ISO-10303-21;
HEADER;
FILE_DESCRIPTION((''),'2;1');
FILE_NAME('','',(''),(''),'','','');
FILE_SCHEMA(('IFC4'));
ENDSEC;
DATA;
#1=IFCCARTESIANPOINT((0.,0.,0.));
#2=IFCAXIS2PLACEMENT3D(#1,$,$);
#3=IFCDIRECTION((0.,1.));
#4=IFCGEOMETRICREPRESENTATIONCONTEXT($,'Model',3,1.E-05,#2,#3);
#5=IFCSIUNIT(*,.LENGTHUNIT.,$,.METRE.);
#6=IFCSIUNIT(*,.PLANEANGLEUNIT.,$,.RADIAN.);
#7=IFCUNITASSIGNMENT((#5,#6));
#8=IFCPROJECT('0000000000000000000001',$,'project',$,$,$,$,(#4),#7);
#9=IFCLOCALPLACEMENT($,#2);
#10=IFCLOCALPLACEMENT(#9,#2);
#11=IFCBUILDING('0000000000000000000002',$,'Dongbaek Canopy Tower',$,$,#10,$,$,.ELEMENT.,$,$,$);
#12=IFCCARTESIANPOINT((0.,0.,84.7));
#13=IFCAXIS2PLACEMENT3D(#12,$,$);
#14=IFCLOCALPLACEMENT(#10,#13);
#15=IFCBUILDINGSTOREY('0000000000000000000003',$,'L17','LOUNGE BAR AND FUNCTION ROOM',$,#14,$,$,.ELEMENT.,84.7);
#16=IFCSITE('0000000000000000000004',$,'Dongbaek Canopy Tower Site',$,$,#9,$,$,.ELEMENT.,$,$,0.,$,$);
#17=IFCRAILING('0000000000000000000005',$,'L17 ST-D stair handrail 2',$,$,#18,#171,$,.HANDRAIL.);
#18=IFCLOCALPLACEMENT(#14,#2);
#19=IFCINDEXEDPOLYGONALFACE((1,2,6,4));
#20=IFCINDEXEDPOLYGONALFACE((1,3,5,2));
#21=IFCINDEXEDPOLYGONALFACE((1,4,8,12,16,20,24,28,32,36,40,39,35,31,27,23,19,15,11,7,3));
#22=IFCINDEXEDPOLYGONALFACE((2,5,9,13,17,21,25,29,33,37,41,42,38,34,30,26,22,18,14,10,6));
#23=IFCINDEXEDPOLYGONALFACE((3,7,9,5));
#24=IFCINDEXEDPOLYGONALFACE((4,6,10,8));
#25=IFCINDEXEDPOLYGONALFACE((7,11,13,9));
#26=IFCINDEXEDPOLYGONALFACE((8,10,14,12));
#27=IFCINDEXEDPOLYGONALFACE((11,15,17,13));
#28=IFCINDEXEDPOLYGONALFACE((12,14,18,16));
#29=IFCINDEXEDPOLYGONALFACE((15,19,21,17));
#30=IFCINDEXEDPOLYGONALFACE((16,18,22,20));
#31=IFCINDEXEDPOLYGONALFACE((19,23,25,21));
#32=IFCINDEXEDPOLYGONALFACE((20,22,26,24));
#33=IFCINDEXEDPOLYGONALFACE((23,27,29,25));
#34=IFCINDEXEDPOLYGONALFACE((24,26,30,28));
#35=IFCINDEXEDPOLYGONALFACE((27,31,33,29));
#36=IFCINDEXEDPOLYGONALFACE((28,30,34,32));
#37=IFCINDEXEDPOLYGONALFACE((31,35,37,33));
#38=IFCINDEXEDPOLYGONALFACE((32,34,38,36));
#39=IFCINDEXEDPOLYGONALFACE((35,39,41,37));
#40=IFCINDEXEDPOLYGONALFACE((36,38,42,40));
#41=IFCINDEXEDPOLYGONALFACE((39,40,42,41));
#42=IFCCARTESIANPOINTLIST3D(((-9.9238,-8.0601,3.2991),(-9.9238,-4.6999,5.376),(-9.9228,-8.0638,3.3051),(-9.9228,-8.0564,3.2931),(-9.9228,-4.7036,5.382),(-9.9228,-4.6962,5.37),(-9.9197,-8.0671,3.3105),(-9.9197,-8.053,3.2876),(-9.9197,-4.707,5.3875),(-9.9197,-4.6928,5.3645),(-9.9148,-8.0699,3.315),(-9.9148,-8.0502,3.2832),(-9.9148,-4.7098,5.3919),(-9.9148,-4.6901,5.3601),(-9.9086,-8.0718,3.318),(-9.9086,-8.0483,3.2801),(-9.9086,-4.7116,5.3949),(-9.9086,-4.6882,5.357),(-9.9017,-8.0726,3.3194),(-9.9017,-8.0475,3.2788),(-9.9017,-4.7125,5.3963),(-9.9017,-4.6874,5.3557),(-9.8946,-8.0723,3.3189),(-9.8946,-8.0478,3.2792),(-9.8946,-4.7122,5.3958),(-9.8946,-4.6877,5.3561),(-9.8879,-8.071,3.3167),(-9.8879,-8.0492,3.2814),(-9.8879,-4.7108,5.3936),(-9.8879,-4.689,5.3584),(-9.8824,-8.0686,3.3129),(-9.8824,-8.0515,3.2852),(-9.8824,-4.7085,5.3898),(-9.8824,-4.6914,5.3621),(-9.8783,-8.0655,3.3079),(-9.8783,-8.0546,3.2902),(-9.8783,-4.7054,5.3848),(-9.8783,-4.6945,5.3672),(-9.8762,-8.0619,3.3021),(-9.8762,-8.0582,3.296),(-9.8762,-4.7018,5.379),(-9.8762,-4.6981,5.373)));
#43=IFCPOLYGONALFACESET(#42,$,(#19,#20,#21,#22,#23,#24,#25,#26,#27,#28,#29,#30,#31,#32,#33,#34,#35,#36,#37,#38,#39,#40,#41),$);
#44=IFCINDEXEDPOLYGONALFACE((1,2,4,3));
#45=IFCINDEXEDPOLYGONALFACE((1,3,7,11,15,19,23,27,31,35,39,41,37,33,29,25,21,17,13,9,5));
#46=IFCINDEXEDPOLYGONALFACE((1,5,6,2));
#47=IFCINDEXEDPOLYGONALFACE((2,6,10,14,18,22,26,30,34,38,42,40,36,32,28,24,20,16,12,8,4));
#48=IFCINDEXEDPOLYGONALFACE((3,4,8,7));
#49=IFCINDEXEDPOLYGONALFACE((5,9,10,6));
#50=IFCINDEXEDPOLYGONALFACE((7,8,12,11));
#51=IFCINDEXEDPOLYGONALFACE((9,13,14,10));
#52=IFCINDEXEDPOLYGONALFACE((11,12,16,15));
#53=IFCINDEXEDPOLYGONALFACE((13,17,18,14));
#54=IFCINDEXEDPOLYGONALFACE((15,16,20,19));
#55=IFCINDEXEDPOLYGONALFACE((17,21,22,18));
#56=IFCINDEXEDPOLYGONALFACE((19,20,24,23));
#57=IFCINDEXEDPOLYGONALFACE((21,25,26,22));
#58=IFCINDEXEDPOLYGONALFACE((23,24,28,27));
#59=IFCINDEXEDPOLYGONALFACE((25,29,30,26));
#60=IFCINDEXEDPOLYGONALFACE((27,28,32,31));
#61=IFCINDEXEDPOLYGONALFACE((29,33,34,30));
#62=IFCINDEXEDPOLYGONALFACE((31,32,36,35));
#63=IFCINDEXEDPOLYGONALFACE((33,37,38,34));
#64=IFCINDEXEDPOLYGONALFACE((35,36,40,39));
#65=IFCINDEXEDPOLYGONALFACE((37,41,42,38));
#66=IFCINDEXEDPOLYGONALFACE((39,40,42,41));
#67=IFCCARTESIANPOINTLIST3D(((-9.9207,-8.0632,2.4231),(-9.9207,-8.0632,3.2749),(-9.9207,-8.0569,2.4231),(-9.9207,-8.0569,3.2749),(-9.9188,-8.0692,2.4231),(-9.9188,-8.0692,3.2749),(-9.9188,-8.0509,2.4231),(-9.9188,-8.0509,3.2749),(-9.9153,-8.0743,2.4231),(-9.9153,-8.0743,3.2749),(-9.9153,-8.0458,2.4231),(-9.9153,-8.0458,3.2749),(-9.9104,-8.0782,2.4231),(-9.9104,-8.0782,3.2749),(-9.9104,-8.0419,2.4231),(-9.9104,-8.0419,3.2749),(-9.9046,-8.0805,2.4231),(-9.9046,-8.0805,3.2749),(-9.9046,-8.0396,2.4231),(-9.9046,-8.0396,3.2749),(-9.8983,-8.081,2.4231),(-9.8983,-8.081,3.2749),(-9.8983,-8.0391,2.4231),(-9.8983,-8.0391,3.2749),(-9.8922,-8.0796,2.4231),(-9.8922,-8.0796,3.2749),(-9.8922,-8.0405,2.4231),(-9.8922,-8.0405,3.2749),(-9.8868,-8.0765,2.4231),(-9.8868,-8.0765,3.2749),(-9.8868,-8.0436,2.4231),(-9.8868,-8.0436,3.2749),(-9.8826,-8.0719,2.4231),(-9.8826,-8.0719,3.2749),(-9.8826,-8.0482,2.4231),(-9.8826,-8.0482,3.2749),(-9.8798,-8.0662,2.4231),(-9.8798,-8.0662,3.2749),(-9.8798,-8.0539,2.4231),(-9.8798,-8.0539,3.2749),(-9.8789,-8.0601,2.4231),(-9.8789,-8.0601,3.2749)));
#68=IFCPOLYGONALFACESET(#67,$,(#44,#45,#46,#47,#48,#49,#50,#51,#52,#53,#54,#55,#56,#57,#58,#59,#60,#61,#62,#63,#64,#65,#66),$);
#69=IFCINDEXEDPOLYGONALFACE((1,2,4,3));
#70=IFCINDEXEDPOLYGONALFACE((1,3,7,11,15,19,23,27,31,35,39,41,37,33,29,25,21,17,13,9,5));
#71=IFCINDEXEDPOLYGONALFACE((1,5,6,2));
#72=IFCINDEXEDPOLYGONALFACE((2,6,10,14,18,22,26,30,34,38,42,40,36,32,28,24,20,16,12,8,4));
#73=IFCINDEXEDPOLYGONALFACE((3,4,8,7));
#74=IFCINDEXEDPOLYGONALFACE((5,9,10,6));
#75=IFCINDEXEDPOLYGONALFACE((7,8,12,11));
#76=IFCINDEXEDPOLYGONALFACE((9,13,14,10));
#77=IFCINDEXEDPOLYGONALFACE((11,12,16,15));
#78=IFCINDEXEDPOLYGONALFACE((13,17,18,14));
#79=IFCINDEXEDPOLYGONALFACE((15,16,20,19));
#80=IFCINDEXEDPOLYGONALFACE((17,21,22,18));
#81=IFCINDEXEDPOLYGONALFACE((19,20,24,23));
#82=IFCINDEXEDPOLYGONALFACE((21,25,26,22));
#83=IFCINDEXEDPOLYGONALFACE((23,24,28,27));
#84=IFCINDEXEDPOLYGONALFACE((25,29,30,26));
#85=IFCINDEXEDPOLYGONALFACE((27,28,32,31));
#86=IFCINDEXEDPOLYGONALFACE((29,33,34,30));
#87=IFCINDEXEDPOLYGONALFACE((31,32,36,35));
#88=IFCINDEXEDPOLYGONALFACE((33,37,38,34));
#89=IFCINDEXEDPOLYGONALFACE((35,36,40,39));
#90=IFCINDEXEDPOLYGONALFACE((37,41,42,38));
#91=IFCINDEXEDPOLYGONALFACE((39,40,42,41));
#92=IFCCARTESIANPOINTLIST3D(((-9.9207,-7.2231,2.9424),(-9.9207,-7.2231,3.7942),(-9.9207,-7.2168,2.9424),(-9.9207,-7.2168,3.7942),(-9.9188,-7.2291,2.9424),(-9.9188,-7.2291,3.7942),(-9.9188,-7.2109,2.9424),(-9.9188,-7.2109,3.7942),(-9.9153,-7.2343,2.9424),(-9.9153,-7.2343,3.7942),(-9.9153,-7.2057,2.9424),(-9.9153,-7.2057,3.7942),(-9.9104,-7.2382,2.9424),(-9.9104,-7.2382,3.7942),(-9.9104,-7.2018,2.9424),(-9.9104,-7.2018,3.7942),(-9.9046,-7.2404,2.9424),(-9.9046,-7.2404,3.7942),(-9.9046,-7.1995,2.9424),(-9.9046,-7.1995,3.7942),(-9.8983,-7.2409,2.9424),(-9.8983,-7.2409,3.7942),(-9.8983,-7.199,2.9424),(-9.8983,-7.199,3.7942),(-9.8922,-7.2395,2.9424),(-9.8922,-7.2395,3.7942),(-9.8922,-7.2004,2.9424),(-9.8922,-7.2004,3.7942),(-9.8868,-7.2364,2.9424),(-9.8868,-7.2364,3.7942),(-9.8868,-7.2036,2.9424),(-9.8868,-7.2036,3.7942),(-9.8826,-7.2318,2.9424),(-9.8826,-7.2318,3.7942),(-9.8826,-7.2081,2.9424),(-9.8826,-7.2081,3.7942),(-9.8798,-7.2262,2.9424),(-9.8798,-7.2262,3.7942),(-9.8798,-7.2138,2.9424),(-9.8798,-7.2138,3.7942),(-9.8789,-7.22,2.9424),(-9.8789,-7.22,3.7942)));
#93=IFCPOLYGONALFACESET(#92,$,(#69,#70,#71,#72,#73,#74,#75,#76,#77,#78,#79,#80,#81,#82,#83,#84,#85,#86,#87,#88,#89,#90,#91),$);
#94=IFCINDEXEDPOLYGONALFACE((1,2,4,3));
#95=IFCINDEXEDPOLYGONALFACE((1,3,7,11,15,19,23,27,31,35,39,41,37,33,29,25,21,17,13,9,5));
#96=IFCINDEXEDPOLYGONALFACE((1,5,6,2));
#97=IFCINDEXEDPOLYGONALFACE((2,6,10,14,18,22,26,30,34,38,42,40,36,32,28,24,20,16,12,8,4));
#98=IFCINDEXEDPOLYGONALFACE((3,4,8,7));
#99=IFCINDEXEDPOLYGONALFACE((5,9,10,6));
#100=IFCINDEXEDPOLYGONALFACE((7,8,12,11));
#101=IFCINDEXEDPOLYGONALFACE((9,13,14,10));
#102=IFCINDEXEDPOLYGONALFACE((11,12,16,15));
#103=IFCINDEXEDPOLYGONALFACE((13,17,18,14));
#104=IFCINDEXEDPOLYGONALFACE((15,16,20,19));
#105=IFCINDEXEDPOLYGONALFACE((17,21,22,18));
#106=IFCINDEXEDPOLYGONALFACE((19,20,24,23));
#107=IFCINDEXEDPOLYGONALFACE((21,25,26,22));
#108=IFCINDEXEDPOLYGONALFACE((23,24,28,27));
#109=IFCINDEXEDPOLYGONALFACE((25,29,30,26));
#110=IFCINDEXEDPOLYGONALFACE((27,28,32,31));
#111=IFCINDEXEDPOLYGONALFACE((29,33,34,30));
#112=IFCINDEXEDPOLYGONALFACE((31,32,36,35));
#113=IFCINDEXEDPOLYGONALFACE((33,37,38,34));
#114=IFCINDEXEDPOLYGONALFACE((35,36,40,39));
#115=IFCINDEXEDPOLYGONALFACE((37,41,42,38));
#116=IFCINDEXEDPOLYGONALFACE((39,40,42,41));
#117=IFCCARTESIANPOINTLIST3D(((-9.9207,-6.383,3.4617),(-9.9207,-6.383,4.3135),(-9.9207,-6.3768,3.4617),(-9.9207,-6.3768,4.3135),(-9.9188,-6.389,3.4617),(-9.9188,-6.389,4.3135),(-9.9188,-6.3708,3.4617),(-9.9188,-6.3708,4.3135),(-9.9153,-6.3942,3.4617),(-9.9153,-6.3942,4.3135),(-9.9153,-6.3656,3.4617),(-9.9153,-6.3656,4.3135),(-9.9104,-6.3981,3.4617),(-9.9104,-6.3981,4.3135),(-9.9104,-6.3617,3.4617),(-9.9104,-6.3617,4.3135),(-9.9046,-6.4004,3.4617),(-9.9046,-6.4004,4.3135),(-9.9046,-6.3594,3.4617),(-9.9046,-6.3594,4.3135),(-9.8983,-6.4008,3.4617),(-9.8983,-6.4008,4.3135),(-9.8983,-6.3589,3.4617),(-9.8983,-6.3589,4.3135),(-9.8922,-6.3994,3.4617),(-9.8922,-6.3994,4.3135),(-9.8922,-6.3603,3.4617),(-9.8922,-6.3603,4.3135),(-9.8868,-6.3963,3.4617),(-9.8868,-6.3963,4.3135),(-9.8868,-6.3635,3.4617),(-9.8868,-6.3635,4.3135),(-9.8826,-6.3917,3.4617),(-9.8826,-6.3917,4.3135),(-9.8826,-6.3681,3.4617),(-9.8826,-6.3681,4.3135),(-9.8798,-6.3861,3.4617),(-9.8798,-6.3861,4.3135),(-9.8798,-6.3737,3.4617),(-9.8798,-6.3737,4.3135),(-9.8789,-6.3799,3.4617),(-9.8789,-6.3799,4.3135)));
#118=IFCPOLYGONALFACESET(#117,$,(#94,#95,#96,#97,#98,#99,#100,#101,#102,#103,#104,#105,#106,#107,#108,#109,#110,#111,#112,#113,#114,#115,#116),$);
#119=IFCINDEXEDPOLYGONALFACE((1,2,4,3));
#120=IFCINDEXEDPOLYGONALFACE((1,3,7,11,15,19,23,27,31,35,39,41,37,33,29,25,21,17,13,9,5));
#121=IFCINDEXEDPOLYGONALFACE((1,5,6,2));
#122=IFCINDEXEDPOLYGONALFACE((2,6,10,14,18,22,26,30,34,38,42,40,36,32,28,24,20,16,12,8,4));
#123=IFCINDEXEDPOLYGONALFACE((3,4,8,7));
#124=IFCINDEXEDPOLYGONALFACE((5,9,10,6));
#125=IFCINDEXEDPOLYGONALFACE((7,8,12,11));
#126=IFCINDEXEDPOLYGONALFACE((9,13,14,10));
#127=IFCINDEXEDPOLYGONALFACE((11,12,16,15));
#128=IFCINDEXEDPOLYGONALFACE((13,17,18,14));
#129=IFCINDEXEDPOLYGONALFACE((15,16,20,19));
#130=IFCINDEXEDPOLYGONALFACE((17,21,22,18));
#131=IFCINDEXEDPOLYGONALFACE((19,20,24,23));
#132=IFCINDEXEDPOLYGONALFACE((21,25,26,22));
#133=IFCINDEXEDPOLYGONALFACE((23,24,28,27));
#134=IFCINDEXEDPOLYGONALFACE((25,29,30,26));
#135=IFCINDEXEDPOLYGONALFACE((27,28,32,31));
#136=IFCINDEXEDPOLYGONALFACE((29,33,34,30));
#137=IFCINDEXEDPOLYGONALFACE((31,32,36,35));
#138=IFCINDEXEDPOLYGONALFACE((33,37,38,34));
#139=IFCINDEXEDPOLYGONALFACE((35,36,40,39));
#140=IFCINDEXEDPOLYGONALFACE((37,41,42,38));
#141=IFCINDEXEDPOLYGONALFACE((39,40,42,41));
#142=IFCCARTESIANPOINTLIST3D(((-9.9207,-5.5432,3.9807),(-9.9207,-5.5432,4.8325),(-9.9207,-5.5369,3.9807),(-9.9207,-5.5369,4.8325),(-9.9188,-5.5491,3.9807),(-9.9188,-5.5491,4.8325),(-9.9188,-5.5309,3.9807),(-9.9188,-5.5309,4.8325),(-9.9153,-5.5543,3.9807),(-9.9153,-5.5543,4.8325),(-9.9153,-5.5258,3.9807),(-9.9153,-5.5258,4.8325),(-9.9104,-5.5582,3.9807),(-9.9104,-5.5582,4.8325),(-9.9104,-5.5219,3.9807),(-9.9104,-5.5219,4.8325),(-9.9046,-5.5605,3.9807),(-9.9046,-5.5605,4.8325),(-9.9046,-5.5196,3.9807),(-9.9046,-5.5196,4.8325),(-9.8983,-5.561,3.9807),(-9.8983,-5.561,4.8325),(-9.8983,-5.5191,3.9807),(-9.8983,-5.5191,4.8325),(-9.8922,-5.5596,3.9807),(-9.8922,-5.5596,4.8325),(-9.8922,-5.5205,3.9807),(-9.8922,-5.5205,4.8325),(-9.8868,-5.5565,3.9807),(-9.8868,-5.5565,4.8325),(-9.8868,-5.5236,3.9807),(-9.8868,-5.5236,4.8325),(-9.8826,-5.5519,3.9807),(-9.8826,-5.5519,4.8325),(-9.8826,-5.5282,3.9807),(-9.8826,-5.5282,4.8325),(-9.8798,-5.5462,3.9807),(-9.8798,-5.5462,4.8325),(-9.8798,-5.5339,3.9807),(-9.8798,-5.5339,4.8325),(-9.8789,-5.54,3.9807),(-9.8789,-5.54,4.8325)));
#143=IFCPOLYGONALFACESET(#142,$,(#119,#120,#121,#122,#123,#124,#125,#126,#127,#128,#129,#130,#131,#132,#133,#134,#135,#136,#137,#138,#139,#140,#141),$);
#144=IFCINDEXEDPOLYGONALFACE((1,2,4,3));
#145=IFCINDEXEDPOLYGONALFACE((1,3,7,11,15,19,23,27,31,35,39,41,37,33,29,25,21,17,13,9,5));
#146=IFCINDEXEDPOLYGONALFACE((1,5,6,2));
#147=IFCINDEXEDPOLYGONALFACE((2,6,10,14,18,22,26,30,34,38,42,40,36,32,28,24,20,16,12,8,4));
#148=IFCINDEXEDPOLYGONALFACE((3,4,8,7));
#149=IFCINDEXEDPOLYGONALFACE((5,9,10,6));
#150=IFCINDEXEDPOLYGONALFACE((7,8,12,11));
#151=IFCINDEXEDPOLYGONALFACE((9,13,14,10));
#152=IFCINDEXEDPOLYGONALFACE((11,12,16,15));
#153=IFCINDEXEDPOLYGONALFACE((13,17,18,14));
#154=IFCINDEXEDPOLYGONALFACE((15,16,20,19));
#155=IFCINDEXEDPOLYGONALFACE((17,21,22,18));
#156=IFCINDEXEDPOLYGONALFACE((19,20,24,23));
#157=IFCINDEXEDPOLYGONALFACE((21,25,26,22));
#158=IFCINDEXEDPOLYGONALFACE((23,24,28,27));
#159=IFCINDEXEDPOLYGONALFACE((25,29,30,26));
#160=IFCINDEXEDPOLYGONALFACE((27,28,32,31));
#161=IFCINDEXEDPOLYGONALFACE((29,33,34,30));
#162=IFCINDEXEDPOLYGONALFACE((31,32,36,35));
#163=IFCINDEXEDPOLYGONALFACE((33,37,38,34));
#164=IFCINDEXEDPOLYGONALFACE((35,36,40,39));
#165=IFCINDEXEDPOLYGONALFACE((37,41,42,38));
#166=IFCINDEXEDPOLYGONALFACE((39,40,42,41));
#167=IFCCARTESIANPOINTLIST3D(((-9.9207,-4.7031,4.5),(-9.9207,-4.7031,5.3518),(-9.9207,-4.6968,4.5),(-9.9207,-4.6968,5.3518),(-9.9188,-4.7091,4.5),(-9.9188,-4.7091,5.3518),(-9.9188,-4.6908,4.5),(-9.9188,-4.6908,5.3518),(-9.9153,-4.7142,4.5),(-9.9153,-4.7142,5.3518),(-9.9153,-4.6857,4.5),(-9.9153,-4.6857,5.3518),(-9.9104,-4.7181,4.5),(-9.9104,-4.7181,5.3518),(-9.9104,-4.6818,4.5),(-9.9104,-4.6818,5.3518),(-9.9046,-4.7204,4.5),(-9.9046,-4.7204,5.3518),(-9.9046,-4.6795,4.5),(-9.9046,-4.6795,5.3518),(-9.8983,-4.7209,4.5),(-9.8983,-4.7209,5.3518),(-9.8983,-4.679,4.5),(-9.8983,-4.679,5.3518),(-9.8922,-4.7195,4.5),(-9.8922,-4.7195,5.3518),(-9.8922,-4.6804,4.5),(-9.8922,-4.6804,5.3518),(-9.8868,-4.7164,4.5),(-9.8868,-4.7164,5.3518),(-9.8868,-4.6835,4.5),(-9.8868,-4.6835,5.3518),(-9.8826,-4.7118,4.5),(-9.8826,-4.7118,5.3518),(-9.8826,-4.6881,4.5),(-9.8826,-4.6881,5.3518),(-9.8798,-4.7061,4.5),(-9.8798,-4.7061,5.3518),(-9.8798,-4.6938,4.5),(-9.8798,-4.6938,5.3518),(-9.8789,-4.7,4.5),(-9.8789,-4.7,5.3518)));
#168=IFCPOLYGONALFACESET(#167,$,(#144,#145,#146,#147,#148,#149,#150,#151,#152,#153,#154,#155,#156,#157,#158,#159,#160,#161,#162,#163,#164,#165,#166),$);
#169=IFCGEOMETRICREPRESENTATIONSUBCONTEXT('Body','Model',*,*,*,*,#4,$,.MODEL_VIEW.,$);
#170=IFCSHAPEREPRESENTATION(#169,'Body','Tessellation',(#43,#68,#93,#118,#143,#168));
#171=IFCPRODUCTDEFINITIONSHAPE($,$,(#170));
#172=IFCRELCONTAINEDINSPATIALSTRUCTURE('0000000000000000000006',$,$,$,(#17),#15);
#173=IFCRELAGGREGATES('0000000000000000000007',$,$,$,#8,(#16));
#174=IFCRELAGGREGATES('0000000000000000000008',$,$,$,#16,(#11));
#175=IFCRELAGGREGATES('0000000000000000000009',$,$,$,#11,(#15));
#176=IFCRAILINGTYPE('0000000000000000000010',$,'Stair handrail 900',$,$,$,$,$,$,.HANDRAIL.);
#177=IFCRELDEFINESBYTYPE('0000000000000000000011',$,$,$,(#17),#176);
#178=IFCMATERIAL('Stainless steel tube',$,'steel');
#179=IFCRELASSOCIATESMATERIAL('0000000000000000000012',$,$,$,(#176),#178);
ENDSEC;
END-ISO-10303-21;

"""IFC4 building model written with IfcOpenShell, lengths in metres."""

from ifc_helpers import new_model, si_unit, direction, frame, origin, origin_2d, place, context, subcontext, project, spatial, circle, extrude, material, type_object, element, save


model = new_model("IFC4")

# Units and contexts
model_context = context("Model", 3, precision=1e-05, world=origin(), true_north=direction((0.0, 1.0)))
body_context = subcontext(model_context, "Body", "Model", "MODEL_VIEW")
ifc_project = project(units=[si_unit("LENGTHUNIT", "METRE"), si_unit("PLANEANGLEUNIT", "RADIAN")], contexts=[model_context])

# Site, building, storey
site_placement = place(None, origin())
site = spatial("IfcSite", under=ifc_project, at=site_placement, Name="Dongbaek Canopy Tower Site", CompositionType="ELEMENT", RefElevation=0.0)
building_placement = place(site_placement, origin())
building = spatial("IfcBuilding", under=site, at=building_placement, Name="Dongbaek Canopy Tower", CompositionType="ELEMENT")
storey_placement = place(building_placement, frame((0.0, 0.0, 84.7)))
storey = spatial("IfcBuildingStorey", under=building, at=storey_placement, Name="L17", Description="LOUNGE BAR AND FUNCTION ROOM", CompositionType="ELEMENT", Elevation=84.7)

# Railing
ifc_material_1 = material(Name="Stainless steel tube", Category="steel")
railing_type_1 = type_object("IfcRailingType", Name="Stair handrail 900", PredefinedType="HANDRAIL", material=ifc_material_1)
railing_1_placement = place(storey_placement, frame((-9.8999, -8.0601, 2.4231)))
element("IfcRailing", 1, at=railing_1_placement, inside=storey, type_object=railing_type_1, Name="L17 ST-D stair handrail 2", PredefinedType="HANDRAIL", context=body_context, shape_type="SweptSolid", body=[
    extrude(circle(Radius=0.0239, at=origin_2d()), frame((0.0, 0.0, 0.876), z_axis=(0.0, 0.850623, 0.525776), x_axis=(-1.0, 0.0, 0.0)), (0.0, 0.0, 1.0), 3.9502),
    extrude(circle(Radius=0.021, at=origin_2d()), origin(), (0.0, 0.0, 1.0), 0.8518),
    extrude(circle(Radius=0.021, at=origin_2d()), frame((0.0, 0.8401, 0.5193)), (0.0, 0.0, 1.0), 0.8518),
    extrude(circle(Radius=0.021, at=origin_2d()), frame((0.0, 1.6802, 1.0386)), (0.0, 0.0, 1.0), 0.8518),
    extrude(circle(Radius=0.021, at=origin_2d()), frame((0.0, 2.52, 1.5576)), (0.0, 0.0, 1.0), 0.8518),
    extrude(circle(Radius=0.021, at=origin_2d()), frame((0.0, 3.3601, 2.0769)), (0.0, 0.0, 1.0), 0.8518),
])

save(model, "model.ifc")
